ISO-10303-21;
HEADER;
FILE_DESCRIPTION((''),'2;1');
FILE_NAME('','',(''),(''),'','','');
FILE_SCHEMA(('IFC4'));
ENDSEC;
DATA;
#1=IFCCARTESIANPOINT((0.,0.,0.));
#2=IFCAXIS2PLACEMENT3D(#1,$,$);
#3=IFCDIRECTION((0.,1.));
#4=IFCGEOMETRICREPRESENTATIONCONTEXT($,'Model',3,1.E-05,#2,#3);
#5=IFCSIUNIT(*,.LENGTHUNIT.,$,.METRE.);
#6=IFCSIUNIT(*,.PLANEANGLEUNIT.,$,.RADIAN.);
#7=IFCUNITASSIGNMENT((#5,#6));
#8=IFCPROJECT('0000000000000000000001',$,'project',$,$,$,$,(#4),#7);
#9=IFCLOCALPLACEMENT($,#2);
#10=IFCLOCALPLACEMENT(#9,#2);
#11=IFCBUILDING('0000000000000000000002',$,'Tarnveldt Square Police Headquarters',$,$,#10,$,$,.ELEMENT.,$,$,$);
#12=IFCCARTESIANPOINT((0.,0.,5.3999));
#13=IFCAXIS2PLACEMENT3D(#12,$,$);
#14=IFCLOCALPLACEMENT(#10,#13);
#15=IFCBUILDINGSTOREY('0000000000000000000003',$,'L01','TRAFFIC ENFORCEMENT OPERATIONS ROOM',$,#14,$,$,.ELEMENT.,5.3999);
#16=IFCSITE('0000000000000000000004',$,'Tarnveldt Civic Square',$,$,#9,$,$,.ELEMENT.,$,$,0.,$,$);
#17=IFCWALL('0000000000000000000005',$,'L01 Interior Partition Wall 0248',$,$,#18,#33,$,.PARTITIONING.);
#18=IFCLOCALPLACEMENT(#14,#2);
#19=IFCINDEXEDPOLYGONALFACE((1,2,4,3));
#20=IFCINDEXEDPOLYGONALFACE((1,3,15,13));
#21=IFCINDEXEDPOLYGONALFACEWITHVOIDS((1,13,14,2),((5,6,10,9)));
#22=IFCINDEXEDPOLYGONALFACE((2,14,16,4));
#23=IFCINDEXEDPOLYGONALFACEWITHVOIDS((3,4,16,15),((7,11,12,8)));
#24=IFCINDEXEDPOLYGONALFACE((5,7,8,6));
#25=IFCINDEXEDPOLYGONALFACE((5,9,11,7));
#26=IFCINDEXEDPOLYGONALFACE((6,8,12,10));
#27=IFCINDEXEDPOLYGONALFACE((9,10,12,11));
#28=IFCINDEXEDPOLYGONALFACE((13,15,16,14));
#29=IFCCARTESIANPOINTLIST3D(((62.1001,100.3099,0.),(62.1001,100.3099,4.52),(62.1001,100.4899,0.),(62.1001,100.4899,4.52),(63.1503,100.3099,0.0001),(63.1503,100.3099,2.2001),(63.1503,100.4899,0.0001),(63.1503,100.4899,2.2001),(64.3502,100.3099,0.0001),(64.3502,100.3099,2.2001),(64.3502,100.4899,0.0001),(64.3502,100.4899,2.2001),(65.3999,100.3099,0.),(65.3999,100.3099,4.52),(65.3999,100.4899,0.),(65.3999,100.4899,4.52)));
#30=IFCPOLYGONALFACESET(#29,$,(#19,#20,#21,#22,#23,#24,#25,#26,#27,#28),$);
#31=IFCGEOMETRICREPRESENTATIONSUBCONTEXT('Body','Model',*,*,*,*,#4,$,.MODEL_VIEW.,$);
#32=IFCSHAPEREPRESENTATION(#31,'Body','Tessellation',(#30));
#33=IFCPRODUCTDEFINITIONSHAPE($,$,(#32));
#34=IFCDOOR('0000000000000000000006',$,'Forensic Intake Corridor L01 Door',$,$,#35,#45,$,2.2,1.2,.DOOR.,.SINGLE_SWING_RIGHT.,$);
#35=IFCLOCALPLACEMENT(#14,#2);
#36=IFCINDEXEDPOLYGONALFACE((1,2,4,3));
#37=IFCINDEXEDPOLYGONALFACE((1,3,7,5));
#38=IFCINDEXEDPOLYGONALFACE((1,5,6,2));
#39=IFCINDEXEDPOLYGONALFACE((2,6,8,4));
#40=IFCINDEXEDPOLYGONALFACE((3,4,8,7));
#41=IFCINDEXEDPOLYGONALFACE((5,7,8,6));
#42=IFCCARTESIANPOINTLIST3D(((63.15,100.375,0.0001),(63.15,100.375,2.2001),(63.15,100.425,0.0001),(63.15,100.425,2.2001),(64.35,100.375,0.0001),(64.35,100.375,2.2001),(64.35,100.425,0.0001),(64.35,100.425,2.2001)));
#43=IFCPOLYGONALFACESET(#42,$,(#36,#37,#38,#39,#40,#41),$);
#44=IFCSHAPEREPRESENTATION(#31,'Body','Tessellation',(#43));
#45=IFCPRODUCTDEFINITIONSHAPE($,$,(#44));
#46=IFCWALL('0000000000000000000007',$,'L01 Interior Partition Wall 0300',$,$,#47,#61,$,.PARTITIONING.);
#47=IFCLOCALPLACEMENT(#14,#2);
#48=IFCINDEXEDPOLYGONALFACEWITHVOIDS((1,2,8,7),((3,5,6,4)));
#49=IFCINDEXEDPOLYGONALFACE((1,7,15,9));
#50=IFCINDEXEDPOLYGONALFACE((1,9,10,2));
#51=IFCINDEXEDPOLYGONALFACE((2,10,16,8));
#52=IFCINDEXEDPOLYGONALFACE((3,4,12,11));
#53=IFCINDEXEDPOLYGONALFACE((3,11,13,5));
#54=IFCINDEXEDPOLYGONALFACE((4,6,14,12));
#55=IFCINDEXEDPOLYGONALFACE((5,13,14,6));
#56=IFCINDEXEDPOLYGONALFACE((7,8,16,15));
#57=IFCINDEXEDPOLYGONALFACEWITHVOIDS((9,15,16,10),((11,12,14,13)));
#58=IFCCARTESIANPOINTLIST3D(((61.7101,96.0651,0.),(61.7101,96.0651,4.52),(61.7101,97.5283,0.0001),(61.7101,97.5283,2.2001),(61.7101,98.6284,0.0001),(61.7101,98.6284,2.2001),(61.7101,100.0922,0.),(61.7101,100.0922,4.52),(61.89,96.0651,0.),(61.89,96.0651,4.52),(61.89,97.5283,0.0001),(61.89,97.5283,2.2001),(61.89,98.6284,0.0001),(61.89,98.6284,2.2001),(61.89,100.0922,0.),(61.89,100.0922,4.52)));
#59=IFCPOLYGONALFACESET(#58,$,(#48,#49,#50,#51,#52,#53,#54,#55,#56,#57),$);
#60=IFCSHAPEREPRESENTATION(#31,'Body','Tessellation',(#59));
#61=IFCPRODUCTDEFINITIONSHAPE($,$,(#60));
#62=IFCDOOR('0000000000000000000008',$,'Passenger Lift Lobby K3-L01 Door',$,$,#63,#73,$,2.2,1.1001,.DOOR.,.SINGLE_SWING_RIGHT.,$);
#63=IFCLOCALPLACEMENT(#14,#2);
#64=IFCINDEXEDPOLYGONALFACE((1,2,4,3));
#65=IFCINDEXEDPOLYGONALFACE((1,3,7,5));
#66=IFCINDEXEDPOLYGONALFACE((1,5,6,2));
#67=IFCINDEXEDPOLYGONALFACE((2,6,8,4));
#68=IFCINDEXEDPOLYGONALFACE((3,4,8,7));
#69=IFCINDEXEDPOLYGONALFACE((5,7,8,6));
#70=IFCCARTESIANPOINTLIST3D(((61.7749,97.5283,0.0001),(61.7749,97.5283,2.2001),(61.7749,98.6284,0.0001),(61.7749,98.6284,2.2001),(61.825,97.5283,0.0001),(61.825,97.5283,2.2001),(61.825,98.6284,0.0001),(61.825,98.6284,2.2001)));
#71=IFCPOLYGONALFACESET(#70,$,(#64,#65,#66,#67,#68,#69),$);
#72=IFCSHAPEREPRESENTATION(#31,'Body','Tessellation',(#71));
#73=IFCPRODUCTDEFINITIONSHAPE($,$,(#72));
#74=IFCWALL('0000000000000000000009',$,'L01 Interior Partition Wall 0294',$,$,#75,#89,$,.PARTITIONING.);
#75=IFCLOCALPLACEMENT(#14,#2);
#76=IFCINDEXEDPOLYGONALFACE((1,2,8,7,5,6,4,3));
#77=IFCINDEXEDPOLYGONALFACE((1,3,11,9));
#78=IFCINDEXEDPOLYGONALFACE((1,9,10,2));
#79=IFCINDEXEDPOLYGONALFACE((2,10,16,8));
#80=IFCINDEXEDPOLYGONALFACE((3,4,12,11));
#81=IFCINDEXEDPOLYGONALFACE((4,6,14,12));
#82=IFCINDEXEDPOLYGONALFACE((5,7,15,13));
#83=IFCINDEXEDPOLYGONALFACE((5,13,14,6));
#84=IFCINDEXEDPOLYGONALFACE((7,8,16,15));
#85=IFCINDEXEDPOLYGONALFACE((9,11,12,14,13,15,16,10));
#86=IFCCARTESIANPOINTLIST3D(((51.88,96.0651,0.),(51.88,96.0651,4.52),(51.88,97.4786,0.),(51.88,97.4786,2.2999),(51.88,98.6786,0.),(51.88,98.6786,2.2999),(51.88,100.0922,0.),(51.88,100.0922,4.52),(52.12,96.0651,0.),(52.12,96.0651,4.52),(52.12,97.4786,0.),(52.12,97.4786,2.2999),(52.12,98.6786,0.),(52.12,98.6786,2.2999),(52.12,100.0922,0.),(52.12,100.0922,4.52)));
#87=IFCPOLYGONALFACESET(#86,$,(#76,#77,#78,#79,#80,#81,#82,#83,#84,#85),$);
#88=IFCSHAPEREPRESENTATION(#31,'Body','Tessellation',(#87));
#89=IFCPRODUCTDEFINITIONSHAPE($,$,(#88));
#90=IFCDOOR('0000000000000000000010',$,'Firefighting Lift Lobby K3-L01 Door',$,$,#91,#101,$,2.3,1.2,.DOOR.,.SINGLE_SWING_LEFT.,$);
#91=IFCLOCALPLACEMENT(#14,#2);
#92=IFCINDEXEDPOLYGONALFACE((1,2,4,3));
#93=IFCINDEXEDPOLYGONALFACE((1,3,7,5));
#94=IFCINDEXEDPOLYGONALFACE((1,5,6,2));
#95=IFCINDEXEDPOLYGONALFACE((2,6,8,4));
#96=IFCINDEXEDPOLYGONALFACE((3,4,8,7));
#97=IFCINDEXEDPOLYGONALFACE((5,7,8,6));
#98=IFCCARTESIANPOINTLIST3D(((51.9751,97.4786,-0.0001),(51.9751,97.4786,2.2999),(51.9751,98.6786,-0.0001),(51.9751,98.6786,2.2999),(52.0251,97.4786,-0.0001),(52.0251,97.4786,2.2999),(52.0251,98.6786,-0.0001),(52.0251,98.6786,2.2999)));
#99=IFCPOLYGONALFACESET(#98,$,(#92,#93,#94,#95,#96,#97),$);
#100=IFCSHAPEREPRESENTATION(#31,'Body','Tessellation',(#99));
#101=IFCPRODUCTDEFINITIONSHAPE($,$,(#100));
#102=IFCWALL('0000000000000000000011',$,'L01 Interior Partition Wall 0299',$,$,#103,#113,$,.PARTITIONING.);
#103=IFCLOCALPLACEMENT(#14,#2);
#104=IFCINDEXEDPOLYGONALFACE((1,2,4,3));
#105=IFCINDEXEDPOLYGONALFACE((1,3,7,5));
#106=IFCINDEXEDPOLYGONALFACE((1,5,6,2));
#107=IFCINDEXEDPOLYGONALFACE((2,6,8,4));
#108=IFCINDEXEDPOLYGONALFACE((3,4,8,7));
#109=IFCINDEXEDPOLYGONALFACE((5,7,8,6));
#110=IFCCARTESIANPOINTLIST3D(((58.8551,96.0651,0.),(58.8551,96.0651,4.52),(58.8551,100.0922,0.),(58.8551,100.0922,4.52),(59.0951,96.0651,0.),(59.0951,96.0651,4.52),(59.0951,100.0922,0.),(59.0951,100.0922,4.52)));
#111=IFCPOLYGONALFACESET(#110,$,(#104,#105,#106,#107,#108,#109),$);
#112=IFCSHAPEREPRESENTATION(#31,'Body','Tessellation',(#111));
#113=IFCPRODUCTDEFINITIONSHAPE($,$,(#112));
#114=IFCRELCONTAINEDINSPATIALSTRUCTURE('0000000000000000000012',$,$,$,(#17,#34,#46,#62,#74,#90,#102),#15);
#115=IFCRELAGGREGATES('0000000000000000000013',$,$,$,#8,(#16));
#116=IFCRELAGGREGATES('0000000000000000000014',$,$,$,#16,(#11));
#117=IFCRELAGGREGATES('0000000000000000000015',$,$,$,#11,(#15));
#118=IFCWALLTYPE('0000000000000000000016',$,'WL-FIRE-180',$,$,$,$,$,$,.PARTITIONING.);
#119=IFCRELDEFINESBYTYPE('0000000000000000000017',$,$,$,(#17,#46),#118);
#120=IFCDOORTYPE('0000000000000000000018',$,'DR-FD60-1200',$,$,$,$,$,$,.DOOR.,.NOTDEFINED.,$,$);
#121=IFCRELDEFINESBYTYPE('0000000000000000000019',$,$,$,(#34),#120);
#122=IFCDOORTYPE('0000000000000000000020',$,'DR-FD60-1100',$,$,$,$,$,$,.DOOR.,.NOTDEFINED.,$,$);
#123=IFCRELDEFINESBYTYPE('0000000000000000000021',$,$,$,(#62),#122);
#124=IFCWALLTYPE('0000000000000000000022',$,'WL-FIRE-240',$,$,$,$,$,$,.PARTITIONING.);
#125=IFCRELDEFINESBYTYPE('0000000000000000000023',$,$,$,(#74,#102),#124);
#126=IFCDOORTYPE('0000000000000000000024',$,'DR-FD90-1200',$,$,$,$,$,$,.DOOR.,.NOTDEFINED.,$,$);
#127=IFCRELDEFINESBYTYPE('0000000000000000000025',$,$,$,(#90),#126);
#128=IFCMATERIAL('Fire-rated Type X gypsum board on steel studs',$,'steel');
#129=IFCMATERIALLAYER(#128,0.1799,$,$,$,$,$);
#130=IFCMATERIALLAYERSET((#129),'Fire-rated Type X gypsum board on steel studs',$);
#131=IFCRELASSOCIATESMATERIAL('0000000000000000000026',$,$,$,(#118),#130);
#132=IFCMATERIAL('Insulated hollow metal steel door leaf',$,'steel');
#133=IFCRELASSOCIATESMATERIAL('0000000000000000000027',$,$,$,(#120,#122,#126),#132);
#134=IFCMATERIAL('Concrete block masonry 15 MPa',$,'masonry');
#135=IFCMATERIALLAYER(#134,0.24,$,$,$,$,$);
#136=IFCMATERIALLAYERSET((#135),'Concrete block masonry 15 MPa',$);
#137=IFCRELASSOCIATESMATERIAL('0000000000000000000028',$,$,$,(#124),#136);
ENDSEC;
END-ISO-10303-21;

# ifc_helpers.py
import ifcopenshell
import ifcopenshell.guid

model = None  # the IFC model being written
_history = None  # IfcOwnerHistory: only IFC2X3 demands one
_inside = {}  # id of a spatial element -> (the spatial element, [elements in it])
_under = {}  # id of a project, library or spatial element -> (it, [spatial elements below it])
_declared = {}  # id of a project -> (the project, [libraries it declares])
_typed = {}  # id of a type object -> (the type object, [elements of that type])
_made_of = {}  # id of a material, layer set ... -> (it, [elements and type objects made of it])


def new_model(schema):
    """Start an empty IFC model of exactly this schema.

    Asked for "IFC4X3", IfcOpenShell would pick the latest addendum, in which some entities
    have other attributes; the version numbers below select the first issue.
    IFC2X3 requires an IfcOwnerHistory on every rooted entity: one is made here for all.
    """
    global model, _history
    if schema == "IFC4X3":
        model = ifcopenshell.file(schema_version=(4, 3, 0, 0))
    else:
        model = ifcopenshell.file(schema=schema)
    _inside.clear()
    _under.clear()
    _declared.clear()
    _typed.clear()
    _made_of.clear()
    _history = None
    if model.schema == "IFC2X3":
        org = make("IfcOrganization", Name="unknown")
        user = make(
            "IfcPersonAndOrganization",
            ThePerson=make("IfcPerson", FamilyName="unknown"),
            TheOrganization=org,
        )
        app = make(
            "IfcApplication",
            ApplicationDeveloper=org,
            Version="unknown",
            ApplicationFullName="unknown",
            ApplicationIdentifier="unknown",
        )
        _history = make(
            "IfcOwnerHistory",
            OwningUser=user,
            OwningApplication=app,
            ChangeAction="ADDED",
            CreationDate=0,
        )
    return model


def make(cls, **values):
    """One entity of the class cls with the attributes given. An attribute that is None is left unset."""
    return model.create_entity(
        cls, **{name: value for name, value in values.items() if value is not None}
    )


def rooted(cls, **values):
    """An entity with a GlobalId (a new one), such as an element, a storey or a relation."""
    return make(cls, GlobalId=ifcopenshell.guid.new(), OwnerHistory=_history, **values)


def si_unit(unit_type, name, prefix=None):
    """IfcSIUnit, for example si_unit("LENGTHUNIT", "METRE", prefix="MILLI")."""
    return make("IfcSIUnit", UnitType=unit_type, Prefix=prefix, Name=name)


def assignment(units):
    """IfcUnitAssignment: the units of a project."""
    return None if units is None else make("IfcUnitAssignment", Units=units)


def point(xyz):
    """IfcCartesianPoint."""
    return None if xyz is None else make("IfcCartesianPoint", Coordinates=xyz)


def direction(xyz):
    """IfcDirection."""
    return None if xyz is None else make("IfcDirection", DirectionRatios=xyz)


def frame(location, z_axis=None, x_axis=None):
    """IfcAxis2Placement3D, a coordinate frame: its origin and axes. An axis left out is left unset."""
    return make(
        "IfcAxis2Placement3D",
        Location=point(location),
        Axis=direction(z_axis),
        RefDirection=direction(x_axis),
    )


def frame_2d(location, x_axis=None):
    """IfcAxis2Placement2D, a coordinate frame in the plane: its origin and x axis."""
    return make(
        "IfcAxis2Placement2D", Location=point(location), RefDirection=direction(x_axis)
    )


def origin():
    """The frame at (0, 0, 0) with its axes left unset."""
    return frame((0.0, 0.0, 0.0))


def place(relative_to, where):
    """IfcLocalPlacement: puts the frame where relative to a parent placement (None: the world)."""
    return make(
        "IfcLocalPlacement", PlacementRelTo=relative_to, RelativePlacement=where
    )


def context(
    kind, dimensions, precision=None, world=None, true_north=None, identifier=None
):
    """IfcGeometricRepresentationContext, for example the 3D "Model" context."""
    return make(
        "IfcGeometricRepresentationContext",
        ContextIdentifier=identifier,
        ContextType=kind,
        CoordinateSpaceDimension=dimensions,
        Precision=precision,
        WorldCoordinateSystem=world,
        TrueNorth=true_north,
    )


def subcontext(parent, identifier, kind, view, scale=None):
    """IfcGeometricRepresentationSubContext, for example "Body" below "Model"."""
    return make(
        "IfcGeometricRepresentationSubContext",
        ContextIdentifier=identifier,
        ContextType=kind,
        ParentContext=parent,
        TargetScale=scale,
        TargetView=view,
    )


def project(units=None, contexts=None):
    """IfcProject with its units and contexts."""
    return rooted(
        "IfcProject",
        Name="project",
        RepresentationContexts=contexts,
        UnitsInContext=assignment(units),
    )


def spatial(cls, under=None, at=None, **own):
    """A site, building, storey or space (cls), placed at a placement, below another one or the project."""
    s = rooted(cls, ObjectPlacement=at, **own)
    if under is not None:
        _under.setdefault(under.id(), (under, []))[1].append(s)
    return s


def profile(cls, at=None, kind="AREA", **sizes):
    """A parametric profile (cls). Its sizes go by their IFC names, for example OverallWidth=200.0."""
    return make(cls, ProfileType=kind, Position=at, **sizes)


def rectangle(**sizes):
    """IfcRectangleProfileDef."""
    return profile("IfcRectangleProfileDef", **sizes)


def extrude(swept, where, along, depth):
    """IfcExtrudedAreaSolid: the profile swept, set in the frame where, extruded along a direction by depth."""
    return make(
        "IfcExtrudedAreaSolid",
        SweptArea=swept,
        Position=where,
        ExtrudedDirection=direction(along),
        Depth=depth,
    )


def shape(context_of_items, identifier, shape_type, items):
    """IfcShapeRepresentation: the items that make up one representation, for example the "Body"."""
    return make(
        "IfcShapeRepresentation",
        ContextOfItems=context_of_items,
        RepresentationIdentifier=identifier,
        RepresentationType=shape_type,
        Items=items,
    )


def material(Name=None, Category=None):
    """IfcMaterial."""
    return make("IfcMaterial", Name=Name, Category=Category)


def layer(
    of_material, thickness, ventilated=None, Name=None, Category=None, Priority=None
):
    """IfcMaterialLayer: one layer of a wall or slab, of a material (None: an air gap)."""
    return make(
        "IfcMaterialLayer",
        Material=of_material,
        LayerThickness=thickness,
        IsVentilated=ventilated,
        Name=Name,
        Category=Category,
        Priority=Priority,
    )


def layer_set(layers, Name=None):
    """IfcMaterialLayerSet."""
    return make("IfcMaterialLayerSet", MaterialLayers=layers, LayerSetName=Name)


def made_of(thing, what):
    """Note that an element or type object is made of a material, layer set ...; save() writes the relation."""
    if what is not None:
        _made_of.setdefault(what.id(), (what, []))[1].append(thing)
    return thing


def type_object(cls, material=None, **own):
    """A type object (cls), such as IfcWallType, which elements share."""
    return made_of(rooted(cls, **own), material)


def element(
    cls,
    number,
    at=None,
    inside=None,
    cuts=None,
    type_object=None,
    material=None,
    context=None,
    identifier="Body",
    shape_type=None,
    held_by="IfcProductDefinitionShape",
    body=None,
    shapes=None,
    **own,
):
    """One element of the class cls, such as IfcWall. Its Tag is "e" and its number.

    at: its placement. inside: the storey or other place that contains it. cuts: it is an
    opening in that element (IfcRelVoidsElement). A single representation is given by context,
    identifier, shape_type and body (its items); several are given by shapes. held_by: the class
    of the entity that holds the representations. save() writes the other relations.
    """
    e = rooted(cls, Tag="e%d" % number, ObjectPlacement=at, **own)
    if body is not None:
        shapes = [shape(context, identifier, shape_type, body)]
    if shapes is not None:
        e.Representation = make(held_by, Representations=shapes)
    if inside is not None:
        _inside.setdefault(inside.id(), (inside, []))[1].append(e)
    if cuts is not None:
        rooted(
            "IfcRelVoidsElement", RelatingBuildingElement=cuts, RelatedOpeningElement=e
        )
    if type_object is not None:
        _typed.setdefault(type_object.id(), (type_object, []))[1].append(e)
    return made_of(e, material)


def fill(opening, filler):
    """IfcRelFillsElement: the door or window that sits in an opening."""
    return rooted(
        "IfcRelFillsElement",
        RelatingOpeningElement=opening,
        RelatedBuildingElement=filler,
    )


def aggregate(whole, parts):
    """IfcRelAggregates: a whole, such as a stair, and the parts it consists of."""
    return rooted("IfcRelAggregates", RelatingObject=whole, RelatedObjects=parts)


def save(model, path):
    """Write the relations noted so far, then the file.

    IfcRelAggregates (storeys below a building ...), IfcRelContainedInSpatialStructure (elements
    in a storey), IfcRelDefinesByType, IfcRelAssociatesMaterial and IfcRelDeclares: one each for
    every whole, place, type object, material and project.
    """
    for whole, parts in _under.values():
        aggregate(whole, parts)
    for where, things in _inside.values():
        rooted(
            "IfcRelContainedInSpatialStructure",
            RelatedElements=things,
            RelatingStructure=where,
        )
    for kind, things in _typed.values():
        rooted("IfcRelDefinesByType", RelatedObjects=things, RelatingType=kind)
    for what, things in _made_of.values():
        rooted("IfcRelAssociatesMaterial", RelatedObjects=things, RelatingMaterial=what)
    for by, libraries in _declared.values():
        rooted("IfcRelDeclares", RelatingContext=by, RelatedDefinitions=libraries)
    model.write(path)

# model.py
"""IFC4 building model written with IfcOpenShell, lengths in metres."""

from ifc_helpers import new_model, si_unit, direction, frame, frame_2d, origin, place, context, subcontext, project, spatial, rectangle, extrude, material, layer, layer_set, type_object, element, fill, save


model = new_model("IFC4")

# Units and contexts
model_context = context("Model", 3, precision=1e-05, world=origin(), true_north=direction((0.0, 1.0)))
body_context = subcontext(model_context, "Body", "Model", "MODEL_VIEW")
ifc_project = project(units=[si_unit("LENGTHUNIT", "METRE"), si_unit("PLANEANGLEUNIT", "RADIAN")], contexts=[model_context])

# Site, building, storey
site_placement = place(None, origin())
site = spatial("IfcSite", under=ifc_project, at=site_placement, Name="Tarnveldt Civic Square", CompositionType="ELEMENT", RefElevation=0.0)
building_placement = place(site_placement, origin())
building = spatial("IfcBuilding", under=site, at=building_placement, Name="Tarnveldt Square Police Headquarters", CompositionType="ELEMENT")
storey_placement = place(building_placement, frame((0.0, 0.0, 5.3999)))
storey = spatial("IfcBuildingStorey", under=building, at=storey_placement, Name="L01", Description="TRAFFIC ENFORCEMENT OPERATIONS ROOM", CompositionType="ELEMENT", Elevation=5.3999)

# Walls, openings, doors
ifc_material_1 = material(Name="Fire-rated Type X gypsum board on steel studs", Category="steel")
ifc_layer_1 = layer(ifc_material_1, 0.1799)
ifc_layer_set_1 = layer_set([ifc_layer_1], Name="Fire-rated Type X gypsum board on steel studs")
wall_type_1 = type_object("IfcWallType", Name="WL-FIRE-180", PredefinedType="PARTITIONING", material=ifc_layer_set_1)
wall_1_placement = place(storey_placement, frame((62.1001, 100.3999, 0.0), z_axis=(0.0, 0.0, 1.0), x_axis=(1.0, 0.0, 0.0)))
wall_1 = element("IfcWall", 1, at=wall_1_placement, inside=storey, type_object=wall_type_1, Name="L01 Interior Partition Wall 0248", PredefinedType="PARTITIONING", context=body_context, shape_type="SweptSolid", body=[
    extrude(rectangle(XDim=3.2998, YDim=0.1799, at=frame_2d((1.6499, 0.0))), origin(), (0.0, 0.0, 1.0), 4.52),
])
opening_1_placement = place(wall_1_placement, frame((1.05, 0.0, 0.0)))
opening_1 = element("IfcOpeningElement", 2, at=opening_1_placement, cuts=wall_1, PredefinedType="OPENING", context=body_context, shape_type="SweptSolid", body=[
    extrude(rectangle(XDim=1.2, YDim=2.2, at=frame_2d((0.6001, 1.1001))), frame((0.0, 0.0999, 0.0), z_axis=(0.0, -1.0, 0.0), x_axis=(1.0, 0.0, 0.0)), (0.0, 0.0, 1.0), 0.2),
])
ifc_material_2 = material(Name="Insulated hollow metal steel door leaf", Category="steel")
door_type_1 = type_object("IfcDoorType", Name="DR-FD60-1200", OperationType="NOTDEFINED", PredefinedType="DOOR", material=ifc_material_2)
door_1_placement = place(opening_1_placement, frame((1.2, 0.0, 0.0), z_axis=(0.0, 0.0, 1.0), x_axis=(-1.0, 0.0, 0.0)))
door_1 = element("IfcDoor", 3, at=door_1_placement, inside=storey, type_object=door_type_1, Name="Forensic Intake Corridor L01 Door", OperationType="SINGLE_SWING_RIGHT", OverallHeight=2.2, OverallWidth=1.2, PredefinedType="DOOR", context=body_context, shape_type="SweptSolid", body=[
    extrude(rectangle(XDim=1.2, YDim=2.2, at=frame_2d((0.6001, 1.1001))), frame((0.0, 0.0249, 0.0), z_axis=(0.0, -1.0, 0.0), x_axis=(1.0, 0.0, 0.0)), (0.0, 0.0, 1.0), 0.05),
])
fill(opening_1, door_1)
wall_2_placement = place(storey_placement, frame((61.8, 96.0649, 0.0), z_axis=(0.0, 0.0, 1.0), x_axis=(0.0, 1.0, 0.0)))
wall_2 = element("IfcWall", 4, at=wall_2_placement, inside=storey, type_object=wall_type_1, Name="L01 Interior Partition Wall 0300", PredefinedType="PARTITIONING", context=body_context, shape_type="SweptSolid", body=[
    extrude(rectangle(XDim=4.0271, YDim=0.1799, at=frame_2d((2.0137, 0.0))), origin(), (0.0, 0.0, 1.0), 4.52),
])
opening_2_placement = place(wall_2_placement, frame((1.4634, 0.0, 0.0)))
opening_2 = element("IfcOpeningElement", 5, at=opening_2_placement, cuts=wall_2, PredefinedType="OPENING", context=body_context, shape_type="SweptSolid", body=[
    extrude(rectangle(XDim=1.1001, YDim=2.2, at=frame_2d((0.55, 1.1001))), frame((0.0, 0.0999, 0.0), z_axis=(0.0, -1.0, 0.0), x_axis=(1.0, 0.0, 0.0)), (0.0, 0.0, 1.0), 0.2),
])
door_type_2 = type_object("IfcDoorType", Name="DR-FD60-1100", OperationType="NOTDEFINED", PredefinedType="DOOR", material=ifc_material_2)
door_2_placement = place(opening_2_placement, frame((1.1001, 0.0, 0.0), z_axis=(0.0, 0.0, 1.0), x_axis=(-1.0, 0.0, 0.0)))
door_2 = element("IfcDoor", 6, at=door_2_placement, inside=storey, type_object=door_type_2, Name="Passenger Lift Lobby K3-L01 Door", OperationType="SINGLE_SWING_RIGHT", OverallHeight=2.2, OverallWidth=1.1001, PredefinedType="DOOR", context=body_context, shape_type="SweptSolid", body=[
    extrude(rectangle(XDim=1.1001, YDim=2.2, at=frame_2d((0.55, 1.1001))), frame((0.0, 0.0249, 0.0), z_axis=(0.0, -1.0, 0.0), x_axis=(1.0, 0.0, 0.0)), (0.0, 0.0, 1.0), 0.05),
])
fill(opening_2, door_2)
ifc_material_3 = material(Name="Concrete block masonry 15 MPa", Category="masonry")
ifc_layer_2 = layer(ifc_material_3, 0.24)
ifc_layer_set_2 = layer_set([ifc_layer_2], Name="Concrete block masonry 15 MPa")
wall_type_2 = type_object("IfcWallType", Name="WL-FIRE-240", PredefinedType="PARTITIONING", material=ifc_layer_set_2)
wall_3_placement = place(storey_placement, frame((52.0, 96.0649, 0.0), z_axis=(0.0, 0.0, 1.0), x_axis=(0.0, 1.0, 0.0)))
wall_3 = element("IfcWall", 7, at=wall_3_placement, inside=storey, type_object=wall_type_2, Name="L01 Interior Partition Wall 0294", PredefinedType="PARTITIONING", context=body_context, shape_type="SweptSolid", body=[
    extrude(rectangle(XDim=4.0271, YDim=0.24, at=frame_2d((2.0137, 0.0))), origin(), (0.0, 0.0, 1.0), 4.52),
])
opening_3_placement = place(wall_3_placement, frame((1.4136, 0.0, 0.0)))
opening_3 = element("IfcOpeningElement", 8, at=opening_3_placement, cuts=wall_3, PredefinedType="OPENING", context=body_context, shape_type="SweptSolid", body=[
    extrude(rectangle(XDim=1.2, YDim=2.3, at=frame_2d((0.6001, 1.1499))), frame((0.0, 0.1299, 0.0), z_axis=(0.0, -1.0, 0.0), x_axis=(1.0, 0.0, 0.0)), (0.0, 0.0, 1.0), 0.26),
])
door_type_3 = type_object("IfcDoorType", Name="DR-FD90-1200", OperationType="NOTDEFINED", PredefinedType="DOOR", material=ifc_material_2)
door_3_placement = place(opening_3_placement, origin())
door_3 = element("IfcDoor", 9, at=door_3_placement, inside=storey, type_object=door_type_3, Name="Firefighting Lift Lobby K3-L01 Door", OperationType="SINGLE_SWING_LEFT", OverallHeight=2.3, OverallWidth=1.2, PredefinedType="DOOR", context=body_context, shape_type="SweptSolid", body=[
    extrude(rectangle(XDim=1.2, YDim=2.3, at=frame_2d((0.6001, 1.1499))), frame((0.0, 0.0249, 0.0), z_axis=(0.0, -1.0, 0.0), x_axis=(1.0, 0.0, 0.0)), (0.0, 0.0, 1.0), 0.05),
])
fill(opening_3, door_3)

# Wall
wall_4_placement = place(storey_placement, frame((58.9751, 96.0649, 0.0), z_axis=(0.0, 0.0, 1.0), x_axis=(0.0, 1.0, 0.0)))
element("IfcWall", 10, at=wall_4_placement, inside=storey, type_object=wall_type_2, Name="L01 Interior Partition Wall 0299", PredefinedType="PARTITIONING", context=body_context, shape_type="SweptSolid", body=[
    extrude(rectangle(XDim=4.0271, YDim=0.24, at=frame_2d((2.0137, 0.0))), origin(), (0.0, 0.0, 1.0), 4.52),
])

save(model, "model.ifc")
